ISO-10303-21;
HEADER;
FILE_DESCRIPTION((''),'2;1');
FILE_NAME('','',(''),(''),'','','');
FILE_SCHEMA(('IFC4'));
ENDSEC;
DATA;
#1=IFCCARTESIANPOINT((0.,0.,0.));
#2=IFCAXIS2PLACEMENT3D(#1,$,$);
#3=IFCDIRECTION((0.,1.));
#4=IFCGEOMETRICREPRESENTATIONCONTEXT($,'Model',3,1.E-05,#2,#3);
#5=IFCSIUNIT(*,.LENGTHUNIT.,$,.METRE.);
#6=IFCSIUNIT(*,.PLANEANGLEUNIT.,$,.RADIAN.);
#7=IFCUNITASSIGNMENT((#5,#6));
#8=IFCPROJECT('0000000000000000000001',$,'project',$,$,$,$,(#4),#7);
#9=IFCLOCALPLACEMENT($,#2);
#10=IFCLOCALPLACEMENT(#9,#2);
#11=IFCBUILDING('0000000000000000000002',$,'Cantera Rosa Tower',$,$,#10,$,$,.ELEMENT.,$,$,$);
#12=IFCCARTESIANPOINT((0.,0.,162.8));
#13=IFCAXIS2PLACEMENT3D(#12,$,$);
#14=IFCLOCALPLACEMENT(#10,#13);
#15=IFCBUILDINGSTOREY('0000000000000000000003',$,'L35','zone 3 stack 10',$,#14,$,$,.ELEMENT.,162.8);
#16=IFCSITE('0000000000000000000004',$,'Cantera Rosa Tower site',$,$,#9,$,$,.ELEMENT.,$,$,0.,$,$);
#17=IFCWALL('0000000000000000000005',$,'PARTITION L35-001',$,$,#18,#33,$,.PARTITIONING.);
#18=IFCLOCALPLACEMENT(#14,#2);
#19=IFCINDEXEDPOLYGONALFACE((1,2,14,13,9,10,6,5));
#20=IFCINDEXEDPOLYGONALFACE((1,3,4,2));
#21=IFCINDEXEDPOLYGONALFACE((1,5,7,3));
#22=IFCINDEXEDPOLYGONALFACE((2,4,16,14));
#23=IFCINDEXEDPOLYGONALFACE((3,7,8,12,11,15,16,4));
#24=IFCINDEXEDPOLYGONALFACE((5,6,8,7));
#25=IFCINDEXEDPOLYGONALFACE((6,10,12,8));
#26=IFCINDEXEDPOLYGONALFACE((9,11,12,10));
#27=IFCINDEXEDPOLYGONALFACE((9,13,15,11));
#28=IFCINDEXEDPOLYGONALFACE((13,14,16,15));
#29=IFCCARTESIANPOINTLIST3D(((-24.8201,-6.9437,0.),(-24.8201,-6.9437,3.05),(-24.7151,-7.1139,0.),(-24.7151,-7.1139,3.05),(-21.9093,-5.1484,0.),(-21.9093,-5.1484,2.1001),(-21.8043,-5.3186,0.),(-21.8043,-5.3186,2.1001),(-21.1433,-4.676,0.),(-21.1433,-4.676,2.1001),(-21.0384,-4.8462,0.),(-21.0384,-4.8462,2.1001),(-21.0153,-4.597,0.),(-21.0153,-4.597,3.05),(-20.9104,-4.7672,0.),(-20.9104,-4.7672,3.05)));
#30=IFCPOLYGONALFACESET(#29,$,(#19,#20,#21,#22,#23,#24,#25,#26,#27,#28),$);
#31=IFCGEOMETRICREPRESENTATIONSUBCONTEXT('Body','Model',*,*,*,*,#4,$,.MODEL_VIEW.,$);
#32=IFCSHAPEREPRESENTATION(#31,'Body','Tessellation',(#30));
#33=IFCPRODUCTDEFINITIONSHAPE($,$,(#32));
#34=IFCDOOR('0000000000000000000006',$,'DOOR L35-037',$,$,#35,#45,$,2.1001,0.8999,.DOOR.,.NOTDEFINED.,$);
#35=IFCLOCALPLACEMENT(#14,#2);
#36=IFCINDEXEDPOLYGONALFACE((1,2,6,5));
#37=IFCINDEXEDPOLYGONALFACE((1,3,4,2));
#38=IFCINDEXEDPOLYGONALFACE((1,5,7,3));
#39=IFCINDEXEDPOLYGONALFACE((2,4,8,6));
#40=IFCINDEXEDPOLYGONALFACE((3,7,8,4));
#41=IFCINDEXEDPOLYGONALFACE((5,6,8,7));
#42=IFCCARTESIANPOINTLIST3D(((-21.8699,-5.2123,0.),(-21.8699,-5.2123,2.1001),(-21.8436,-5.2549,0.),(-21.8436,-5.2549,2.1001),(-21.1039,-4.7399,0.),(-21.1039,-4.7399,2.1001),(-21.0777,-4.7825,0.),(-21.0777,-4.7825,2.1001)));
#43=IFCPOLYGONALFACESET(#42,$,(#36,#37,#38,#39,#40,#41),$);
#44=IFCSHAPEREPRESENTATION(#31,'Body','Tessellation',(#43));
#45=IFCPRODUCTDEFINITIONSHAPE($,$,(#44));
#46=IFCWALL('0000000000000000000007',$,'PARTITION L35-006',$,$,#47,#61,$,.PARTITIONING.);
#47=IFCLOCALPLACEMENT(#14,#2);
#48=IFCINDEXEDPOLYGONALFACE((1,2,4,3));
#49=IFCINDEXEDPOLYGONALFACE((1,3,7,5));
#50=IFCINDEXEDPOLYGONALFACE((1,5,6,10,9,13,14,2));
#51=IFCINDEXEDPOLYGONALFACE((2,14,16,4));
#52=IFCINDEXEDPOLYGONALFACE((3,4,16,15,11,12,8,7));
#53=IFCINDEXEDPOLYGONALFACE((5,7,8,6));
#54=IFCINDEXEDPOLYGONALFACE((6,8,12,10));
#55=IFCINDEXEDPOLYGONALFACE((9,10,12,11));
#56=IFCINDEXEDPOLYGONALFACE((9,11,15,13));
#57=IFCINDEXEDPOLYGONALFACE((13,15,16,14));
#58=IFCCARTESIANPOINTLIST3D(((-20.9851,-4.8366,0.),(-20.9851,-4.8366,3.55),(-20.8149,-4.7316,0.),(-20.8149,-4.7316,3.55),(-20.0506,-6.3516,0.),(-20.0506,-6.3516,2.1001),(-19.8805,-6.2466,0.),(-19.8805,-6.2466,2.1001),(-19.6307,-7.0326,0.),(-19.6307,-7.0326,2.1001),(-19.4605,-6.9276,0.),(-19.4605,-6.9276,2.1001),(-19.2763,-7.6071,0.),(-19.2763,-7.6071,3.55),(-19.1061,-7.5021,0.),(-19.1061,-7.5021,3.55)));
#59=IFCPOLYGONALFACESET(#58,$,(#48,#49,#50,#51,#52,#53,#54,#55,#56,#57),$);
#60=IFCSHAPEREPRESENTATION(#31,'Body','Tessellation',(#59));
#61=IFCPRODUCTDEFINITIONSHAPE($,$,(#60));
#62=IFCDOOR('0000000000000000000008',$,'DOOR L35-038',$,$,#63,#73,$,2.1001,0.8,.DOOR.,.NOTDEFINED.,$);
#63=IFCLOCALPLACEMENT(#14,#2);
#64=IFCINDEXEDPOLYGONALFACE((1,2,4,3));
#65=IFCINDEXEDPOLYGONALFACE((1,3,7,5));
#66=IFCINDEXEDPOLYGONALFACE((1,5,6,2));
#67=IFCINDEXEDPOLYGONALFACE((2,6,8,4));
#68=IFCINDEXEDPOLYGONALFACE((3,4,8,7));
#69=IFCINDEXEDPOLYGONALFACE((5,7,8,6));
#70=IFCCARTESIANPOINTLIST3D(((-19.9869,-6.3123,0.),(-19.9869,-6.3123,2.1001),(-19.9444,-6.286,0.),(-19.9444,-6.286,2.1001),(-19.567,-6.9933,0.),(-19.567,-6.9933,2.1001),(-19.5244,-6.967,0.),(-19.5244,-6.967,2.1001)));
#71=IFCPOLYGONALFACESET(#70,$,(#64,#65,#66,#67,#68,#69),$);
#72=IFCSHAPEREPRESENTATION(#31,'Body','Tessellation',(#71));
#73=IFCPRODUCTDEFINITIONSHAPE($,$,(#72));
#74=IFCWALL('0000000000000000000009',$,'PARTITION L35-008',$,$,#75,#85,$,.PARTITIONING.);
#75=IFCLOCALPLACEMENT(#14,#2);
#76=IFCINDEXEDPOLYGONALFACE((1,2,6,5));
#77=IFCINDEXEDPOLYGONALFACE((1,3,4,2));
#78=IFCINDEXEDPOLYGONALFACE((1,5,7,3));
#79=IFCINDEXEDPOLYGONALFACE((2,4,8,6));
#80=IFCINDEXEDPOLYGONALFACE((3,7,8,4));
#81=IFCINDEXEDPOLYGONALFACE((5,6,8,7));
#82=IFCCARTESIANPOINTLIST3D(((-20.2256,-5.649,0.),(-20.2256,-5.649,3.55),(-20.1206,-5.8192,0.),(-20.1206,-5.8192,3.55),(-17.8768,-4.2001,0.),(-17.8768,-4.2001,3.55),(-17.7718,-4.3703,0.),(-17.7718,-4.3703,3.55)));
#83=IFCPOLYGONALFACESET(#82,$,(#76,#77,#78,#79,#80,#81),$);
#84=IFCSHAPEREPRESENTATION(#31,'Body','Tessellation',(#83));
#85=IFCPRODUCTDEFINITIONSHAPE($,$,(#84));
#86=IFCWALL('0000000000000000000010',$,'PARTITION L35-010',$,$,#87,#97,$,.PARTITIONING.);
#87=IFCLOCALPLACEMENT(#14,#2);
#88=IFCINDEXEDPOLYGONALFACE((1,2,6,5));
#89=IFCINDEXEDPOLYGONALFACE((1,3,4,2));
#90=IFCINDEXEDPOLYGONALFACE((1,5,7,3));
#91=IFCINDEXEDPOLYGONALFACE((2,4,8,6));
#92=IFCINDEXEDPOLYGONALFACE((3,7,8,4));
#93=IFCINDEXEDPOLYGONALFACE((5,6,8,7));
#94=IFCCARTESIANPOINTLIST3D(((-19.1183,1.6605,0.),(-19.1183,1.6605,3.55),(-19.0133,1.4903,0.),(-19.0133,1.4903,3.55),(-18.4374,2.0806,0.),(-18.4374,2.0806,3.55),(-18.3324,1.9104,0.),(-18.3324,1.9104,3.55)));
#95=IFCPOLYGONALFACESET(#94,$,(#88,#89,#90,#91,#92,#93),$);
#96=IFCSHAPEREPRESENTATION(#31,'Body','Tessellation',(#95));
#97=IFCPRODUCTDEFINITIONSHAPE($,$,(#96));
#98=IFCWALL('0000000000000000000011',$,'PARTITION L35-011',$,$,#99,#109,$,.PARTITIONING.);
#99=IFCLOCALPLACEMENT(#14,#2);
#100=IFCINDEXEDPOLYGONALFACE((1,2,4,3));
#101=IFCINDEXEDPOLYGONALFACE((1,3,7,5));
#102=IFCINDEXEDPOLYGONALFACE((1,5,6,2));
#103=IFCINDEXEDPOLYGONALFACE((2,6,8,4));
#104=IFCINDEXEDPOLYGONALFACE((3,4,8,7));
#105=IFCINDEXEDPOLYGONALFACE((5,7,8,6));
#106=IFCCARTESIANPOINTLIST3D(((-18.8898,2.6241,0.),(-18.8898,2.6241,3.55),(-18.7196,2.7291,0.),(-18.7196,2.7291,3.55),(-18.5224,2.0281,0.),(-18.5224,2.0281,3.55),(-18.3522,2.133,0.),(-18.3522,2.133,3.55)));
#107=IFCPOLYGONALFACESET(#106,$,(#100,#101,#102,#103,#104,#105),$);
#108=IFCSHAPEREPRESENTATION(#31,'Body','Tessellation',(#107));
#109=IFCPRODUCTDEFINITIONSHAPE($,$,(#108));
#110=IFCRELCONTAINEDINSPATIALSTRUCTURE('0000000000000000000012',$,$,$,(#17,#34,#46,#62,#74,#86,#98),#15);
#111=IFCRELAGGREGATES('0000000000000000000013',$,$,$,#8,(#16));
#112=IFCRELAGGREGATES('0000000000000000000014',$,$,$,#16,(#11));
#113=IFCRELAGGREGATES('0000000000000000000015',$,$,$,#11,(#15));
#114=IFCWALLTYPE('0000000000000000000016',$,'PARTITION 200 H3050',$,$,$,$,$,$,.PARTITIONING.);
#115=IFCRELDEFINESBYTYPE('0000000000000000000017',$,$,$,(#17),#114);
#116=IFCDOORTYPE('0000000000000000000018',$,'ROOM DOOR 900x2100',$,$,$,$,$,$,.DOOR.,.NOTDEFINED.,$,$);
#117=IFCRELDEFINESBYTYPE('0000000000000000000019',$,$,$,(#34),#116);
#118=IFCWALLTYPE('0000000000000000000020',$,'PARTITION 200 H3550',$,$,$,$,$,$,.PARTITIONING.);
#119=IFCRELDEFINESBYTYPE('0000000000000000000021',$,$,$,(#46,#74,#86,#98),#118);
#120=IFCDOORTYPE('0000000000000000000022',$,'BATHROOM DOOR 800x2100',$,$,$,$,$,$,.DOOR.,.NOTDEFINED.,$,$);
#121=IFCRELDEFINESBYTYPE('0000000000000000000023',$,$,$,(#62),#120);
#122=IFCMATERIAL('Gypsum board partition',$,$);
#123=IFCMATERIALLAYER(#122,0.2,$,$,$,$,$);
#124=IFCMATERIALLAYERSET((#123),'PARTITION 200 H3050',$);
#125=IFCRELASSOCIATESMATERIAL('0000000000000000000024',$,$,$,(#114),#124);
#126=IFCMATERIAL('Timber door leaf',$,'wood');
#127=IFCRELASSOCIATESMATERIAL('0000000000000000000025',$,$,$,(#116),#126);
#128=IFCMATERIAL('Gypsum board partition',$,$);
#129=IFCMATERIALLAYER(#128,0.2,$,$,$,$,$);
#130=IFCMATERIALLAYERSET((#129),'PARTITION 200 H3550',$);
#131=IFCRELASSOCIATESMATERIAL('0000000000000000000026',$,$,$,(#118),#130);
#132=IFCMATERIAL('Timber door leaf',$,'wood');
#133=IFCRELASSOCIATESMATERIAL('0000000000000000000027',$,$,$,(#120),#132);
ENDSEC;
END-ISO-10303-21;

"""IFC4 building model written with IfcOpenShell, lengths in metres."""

from ifc_helpers import new_model, si_unit, direction, frame, frame_2d, origin, place, context, subcontext, project, spatial, rectangle, extrude, material, layer, layer_set, type_object, element, fill, save


model = new_model("IFC4")

# Units and contexts
model_context = context("Model", 3, precision=1e-05, world=origin(), true_north=direction((0.0, 1.0)))
body_context = subcontext(model_context, "Body", "Model", "MODEL_VIEW")
ifc_project = project(units=[si_unit("LENGTHUNIT", "METRE"), si_unit("PLANEANGLEUNIT", "RADIAN")], contexts=[model_context])

# Site, building, storey
site_placement = place(None, origin())
site = spatial("IfcSite", under=ifc_project, at=site_placement, Name="Cantera Rosa Tower site", CompositionType="ELEMENT", RefElevation=0.0)
building_placement = place(site_placement, origin())
building = spatial("IfcBuilding", under=site, at=building_placement, Name="Cantera Rosa Tower", CompositionType="ELEMENT")
storey_placement = place(building_placement, frame((0.0, 0.0, 162.8)))
storey = spatial("IfcBuildingStorey", under=building, at=storey_placement, Name="L35", Description="zone 3 stack 10", CompositionType="ELEMENT", Elevation=162.8)

# Walls, openings, doors
ifc_material_1 = material(Name="Gypsum board partition")
ifc_layer_1 = layer(ifc_material_1, 0.2)
ifc_layer_set_1 = layer_set([ifc_layer_1], Name="PARTITION 200 H3050")
wall_type_1 = type_object("IfcWallType", Name="PARTITION 200 H3050", PredefinedType="PARTITIONING", material=ifc_layer_set_1)
wall_1_placement = place(storey_placement, frame((-24.7676, -7.0288, 0.0), z_axis=(0.0, 0.0, 1.0), x_axis=(0.851125, 0.524963, 0.0)))
wall_1 = element("IfcWall", 1, at=wall_1_placement, inside=storey, type_object=wall_type_1, Name="PARTITION L35-001", PredefinedType="PARTITIONING", context=body_context, shape_type="SweptSolid", body=[
    extrude(rectangle(XDim=4.4702, YDim=0.2, at=frame_2d((2.2351, 0.0))), origin(), (0.0, 0.0, 1.0), 3.05),
])
opening_1_placement = place(wall_1_placement, frame((3.4199, 0.0, 0.0)))
opening_1 = element("IfcOpeningElement", 2, at=opening_1_placement, cuts=wall_1, PredefinedType="OPENING", context=body_context, shape_type="SweptSolid", body=[
    extrude(rectangle(XDim=0.8999, YDim=2.1001, at=frame_2d((0.45, 1.05))), frame((0.0, 0.1099, 0.0), z_axis=(0.0, -1.0, 0.0), x_axis=(1.0, 0.0, 0.0)), (0.0, 0.0, 1.0), 0.22),
])
ifc_material_2 = material(Name="Timber door leaf", Category="wood")
door_type_1 = type_object("IfcDoorType", Name="ROOM DOOR 900x2100", OperationType="NOTDEFINED", PredefinedType="DOOR", material=ifc_material_2)
door_1_placement = place(opening_1_placement, origin())
door_1 = element("IfcDoor", 3, at=door_1_placement, inside=storey, type_object=door_type_1, Name="DOOR L35-037", OperationType="NOTDEFINED", OverallHeight=2.1001, OverallWidth=0.8999, PredefinedType="DOOR", context=body_context, shape_type="SweptSolid", body=[
    extrude(rectangle(XDim=0.8999, YDim=2.1001, at=frame_2d((0.45, 1.05))), frame((0.0, 0.0249, 0.0), z_axis=(0.0, -1.0, 0.0), x_axis=(1.0, 0.0, 0.0)), (0.0, 0.0, 1.0), 0.05),
])
fill(opening_1, door_1)
ifc_material_3 = material(Name="Gypsum board partition")
ifc_layer_2 = layer(ifc_material_3, 0.2)
ifc_layer_set_2 = layer_set([ifc_layer_2], Name="PARTITION 200 H3550")
wall_type_2 = type_object("IfcWallType", Name="PARTITION 200 H3550", PredefinedType="PARTITIONING", material=ifc_layer_set_2)
wall_2_placement = place(storey_placement, frame((-20.8999, -4.7842, 0.0), z_axis=(0.0, 0.0, 1.0), x_axis=(0.524947, -0.851135, 0.0)))
wall_2 = element("IfcWall", 4, at=wall_2_placement, inside=storey, type_object=wall_type_2, Name="PARTITION L35-006", PredefinedType="PARTITIONING", context=body_context, shape_type="SweptSolid", body=[
    extrude(rectangle(XDim=3.2551, YDim=0.2, at=frame_2d((1.6274, 0.0))), origin(), (0.0, 0.0, 1.0), 3.55),
])
opening_2_placement = place(wall_2_placement, frame((1.78, 0.0, 0.0)))
opening_2 = element("IfcOpeningElement", 5, at=opening_2_placement, cuts=wall_2, PredefinedType="OPENING", context=body_context, shape_type="SweptSolid", body=[
    extrude(rectangle(XDim=0.8, YDim=2.1001, at=frame_2d((0.3999, 1.05))), frame((0.0, 0.1099, 0.0), z_axis=(0.0, -1.0, 0.0), x_axis=(1.0, 0.0, 0.0)), (0.0, 0.0, 1.0), 0.22),
])
ifc_material_4 = material(Name="Timber door leaf", Category="wood")
door_type_2 = type_object("IfcDoorType", Name="BATHROOM DOOR 800x2100", OperationType="NOTDEFINED", PredefinedType="DOOR", material=ifc_material_4)
door_2_placement = place(opening_2_placement, origin())
door_2 = element("IfcDoor", 6, at=door_2_placement, inside=storey, type_object=door_type_2, Name="DOOR L35-038", OperationType="NOTDEFINED", OverallHeight=2.1001, OverallWidth=0.8, PredefinedType="DOOR", context=body_context, shape_type="SweptSolid", body=[
    extrude(rectangle(XDim=0.8, YDim=2.1001, at=frame_2d((0.3999, 1.05))), frame((0.0, 0.0249, 0.0), z_axis=(0.0, -1.0, 0.0), x_axis=(1.0, 0.0, 0.0)), (0.0, 0.0, 1.0), 0.05),
])
fill(opening_2, door_2)

# Walls
wall_3_placement = place(storey_placement, frame((-20.1731, -5.7341, 0.0), z_axis=(0.0, 0.0, 1.0), x_axis=(0.85109, 0.52502, 0.0)))
element("IfcWall", 7, at=wall_3_placement, inside=storey, type_object=wall_type_2, Name="PARTITION L35-008", PredefinedType="PARTITIONING", context=body_context, shape_type="SweptSolid", body=[
    extrude(rectangle(XDim=2.7598, YDim=0.2, at=frame_2d((1.3799, 0.0))), origin(), (0.0, 0.0, 1.0), 3.55),
])
wall_4_placement = place(storey_placement, frame((-19.0657, 1.5754, 0.0), z_axis=(0.0, 0.0, 1.0), x_axis=(0.851019, 0.525136, 0.0)))
element("IfcWall", 8, at=wall_4_placement, inside=storey, type_object=wall_type_2, Name="PARTITION L35-010", PredefinedType="PARTITIONING", context=body_context, shape_type="SweptSolid", body=[
    extrude(rectangle(XDim=0.8, YDim=0.2, at=frame_2d((0.3999, 0.0))), origin(), (0.0, 0.0, 1.0), 3.55),
])
wall_5_placement = place(storey_placement, frame((-18.4373, 2.0806, 0.0), z_axis=(0.0, 0.0, 1.0), x_axis=(-0.524817, 0.851215, 0.0)))
element("IfcWall", 9, at=wall_5_placement, inside=storey, type_object=wall_type_2, Name="PARTITION L35-011", PredefinedType="PARTITIONING", context=body_context, shape_type="SweptSolid", body=[
    extrude(rectangle(XDim=0.7002, YDim=0.2, at=frame_2d((0.3501, 0.0))), origin(), (0.0, 0.0, 1.0), 3.55),
])

save(model, "model.ifc")
